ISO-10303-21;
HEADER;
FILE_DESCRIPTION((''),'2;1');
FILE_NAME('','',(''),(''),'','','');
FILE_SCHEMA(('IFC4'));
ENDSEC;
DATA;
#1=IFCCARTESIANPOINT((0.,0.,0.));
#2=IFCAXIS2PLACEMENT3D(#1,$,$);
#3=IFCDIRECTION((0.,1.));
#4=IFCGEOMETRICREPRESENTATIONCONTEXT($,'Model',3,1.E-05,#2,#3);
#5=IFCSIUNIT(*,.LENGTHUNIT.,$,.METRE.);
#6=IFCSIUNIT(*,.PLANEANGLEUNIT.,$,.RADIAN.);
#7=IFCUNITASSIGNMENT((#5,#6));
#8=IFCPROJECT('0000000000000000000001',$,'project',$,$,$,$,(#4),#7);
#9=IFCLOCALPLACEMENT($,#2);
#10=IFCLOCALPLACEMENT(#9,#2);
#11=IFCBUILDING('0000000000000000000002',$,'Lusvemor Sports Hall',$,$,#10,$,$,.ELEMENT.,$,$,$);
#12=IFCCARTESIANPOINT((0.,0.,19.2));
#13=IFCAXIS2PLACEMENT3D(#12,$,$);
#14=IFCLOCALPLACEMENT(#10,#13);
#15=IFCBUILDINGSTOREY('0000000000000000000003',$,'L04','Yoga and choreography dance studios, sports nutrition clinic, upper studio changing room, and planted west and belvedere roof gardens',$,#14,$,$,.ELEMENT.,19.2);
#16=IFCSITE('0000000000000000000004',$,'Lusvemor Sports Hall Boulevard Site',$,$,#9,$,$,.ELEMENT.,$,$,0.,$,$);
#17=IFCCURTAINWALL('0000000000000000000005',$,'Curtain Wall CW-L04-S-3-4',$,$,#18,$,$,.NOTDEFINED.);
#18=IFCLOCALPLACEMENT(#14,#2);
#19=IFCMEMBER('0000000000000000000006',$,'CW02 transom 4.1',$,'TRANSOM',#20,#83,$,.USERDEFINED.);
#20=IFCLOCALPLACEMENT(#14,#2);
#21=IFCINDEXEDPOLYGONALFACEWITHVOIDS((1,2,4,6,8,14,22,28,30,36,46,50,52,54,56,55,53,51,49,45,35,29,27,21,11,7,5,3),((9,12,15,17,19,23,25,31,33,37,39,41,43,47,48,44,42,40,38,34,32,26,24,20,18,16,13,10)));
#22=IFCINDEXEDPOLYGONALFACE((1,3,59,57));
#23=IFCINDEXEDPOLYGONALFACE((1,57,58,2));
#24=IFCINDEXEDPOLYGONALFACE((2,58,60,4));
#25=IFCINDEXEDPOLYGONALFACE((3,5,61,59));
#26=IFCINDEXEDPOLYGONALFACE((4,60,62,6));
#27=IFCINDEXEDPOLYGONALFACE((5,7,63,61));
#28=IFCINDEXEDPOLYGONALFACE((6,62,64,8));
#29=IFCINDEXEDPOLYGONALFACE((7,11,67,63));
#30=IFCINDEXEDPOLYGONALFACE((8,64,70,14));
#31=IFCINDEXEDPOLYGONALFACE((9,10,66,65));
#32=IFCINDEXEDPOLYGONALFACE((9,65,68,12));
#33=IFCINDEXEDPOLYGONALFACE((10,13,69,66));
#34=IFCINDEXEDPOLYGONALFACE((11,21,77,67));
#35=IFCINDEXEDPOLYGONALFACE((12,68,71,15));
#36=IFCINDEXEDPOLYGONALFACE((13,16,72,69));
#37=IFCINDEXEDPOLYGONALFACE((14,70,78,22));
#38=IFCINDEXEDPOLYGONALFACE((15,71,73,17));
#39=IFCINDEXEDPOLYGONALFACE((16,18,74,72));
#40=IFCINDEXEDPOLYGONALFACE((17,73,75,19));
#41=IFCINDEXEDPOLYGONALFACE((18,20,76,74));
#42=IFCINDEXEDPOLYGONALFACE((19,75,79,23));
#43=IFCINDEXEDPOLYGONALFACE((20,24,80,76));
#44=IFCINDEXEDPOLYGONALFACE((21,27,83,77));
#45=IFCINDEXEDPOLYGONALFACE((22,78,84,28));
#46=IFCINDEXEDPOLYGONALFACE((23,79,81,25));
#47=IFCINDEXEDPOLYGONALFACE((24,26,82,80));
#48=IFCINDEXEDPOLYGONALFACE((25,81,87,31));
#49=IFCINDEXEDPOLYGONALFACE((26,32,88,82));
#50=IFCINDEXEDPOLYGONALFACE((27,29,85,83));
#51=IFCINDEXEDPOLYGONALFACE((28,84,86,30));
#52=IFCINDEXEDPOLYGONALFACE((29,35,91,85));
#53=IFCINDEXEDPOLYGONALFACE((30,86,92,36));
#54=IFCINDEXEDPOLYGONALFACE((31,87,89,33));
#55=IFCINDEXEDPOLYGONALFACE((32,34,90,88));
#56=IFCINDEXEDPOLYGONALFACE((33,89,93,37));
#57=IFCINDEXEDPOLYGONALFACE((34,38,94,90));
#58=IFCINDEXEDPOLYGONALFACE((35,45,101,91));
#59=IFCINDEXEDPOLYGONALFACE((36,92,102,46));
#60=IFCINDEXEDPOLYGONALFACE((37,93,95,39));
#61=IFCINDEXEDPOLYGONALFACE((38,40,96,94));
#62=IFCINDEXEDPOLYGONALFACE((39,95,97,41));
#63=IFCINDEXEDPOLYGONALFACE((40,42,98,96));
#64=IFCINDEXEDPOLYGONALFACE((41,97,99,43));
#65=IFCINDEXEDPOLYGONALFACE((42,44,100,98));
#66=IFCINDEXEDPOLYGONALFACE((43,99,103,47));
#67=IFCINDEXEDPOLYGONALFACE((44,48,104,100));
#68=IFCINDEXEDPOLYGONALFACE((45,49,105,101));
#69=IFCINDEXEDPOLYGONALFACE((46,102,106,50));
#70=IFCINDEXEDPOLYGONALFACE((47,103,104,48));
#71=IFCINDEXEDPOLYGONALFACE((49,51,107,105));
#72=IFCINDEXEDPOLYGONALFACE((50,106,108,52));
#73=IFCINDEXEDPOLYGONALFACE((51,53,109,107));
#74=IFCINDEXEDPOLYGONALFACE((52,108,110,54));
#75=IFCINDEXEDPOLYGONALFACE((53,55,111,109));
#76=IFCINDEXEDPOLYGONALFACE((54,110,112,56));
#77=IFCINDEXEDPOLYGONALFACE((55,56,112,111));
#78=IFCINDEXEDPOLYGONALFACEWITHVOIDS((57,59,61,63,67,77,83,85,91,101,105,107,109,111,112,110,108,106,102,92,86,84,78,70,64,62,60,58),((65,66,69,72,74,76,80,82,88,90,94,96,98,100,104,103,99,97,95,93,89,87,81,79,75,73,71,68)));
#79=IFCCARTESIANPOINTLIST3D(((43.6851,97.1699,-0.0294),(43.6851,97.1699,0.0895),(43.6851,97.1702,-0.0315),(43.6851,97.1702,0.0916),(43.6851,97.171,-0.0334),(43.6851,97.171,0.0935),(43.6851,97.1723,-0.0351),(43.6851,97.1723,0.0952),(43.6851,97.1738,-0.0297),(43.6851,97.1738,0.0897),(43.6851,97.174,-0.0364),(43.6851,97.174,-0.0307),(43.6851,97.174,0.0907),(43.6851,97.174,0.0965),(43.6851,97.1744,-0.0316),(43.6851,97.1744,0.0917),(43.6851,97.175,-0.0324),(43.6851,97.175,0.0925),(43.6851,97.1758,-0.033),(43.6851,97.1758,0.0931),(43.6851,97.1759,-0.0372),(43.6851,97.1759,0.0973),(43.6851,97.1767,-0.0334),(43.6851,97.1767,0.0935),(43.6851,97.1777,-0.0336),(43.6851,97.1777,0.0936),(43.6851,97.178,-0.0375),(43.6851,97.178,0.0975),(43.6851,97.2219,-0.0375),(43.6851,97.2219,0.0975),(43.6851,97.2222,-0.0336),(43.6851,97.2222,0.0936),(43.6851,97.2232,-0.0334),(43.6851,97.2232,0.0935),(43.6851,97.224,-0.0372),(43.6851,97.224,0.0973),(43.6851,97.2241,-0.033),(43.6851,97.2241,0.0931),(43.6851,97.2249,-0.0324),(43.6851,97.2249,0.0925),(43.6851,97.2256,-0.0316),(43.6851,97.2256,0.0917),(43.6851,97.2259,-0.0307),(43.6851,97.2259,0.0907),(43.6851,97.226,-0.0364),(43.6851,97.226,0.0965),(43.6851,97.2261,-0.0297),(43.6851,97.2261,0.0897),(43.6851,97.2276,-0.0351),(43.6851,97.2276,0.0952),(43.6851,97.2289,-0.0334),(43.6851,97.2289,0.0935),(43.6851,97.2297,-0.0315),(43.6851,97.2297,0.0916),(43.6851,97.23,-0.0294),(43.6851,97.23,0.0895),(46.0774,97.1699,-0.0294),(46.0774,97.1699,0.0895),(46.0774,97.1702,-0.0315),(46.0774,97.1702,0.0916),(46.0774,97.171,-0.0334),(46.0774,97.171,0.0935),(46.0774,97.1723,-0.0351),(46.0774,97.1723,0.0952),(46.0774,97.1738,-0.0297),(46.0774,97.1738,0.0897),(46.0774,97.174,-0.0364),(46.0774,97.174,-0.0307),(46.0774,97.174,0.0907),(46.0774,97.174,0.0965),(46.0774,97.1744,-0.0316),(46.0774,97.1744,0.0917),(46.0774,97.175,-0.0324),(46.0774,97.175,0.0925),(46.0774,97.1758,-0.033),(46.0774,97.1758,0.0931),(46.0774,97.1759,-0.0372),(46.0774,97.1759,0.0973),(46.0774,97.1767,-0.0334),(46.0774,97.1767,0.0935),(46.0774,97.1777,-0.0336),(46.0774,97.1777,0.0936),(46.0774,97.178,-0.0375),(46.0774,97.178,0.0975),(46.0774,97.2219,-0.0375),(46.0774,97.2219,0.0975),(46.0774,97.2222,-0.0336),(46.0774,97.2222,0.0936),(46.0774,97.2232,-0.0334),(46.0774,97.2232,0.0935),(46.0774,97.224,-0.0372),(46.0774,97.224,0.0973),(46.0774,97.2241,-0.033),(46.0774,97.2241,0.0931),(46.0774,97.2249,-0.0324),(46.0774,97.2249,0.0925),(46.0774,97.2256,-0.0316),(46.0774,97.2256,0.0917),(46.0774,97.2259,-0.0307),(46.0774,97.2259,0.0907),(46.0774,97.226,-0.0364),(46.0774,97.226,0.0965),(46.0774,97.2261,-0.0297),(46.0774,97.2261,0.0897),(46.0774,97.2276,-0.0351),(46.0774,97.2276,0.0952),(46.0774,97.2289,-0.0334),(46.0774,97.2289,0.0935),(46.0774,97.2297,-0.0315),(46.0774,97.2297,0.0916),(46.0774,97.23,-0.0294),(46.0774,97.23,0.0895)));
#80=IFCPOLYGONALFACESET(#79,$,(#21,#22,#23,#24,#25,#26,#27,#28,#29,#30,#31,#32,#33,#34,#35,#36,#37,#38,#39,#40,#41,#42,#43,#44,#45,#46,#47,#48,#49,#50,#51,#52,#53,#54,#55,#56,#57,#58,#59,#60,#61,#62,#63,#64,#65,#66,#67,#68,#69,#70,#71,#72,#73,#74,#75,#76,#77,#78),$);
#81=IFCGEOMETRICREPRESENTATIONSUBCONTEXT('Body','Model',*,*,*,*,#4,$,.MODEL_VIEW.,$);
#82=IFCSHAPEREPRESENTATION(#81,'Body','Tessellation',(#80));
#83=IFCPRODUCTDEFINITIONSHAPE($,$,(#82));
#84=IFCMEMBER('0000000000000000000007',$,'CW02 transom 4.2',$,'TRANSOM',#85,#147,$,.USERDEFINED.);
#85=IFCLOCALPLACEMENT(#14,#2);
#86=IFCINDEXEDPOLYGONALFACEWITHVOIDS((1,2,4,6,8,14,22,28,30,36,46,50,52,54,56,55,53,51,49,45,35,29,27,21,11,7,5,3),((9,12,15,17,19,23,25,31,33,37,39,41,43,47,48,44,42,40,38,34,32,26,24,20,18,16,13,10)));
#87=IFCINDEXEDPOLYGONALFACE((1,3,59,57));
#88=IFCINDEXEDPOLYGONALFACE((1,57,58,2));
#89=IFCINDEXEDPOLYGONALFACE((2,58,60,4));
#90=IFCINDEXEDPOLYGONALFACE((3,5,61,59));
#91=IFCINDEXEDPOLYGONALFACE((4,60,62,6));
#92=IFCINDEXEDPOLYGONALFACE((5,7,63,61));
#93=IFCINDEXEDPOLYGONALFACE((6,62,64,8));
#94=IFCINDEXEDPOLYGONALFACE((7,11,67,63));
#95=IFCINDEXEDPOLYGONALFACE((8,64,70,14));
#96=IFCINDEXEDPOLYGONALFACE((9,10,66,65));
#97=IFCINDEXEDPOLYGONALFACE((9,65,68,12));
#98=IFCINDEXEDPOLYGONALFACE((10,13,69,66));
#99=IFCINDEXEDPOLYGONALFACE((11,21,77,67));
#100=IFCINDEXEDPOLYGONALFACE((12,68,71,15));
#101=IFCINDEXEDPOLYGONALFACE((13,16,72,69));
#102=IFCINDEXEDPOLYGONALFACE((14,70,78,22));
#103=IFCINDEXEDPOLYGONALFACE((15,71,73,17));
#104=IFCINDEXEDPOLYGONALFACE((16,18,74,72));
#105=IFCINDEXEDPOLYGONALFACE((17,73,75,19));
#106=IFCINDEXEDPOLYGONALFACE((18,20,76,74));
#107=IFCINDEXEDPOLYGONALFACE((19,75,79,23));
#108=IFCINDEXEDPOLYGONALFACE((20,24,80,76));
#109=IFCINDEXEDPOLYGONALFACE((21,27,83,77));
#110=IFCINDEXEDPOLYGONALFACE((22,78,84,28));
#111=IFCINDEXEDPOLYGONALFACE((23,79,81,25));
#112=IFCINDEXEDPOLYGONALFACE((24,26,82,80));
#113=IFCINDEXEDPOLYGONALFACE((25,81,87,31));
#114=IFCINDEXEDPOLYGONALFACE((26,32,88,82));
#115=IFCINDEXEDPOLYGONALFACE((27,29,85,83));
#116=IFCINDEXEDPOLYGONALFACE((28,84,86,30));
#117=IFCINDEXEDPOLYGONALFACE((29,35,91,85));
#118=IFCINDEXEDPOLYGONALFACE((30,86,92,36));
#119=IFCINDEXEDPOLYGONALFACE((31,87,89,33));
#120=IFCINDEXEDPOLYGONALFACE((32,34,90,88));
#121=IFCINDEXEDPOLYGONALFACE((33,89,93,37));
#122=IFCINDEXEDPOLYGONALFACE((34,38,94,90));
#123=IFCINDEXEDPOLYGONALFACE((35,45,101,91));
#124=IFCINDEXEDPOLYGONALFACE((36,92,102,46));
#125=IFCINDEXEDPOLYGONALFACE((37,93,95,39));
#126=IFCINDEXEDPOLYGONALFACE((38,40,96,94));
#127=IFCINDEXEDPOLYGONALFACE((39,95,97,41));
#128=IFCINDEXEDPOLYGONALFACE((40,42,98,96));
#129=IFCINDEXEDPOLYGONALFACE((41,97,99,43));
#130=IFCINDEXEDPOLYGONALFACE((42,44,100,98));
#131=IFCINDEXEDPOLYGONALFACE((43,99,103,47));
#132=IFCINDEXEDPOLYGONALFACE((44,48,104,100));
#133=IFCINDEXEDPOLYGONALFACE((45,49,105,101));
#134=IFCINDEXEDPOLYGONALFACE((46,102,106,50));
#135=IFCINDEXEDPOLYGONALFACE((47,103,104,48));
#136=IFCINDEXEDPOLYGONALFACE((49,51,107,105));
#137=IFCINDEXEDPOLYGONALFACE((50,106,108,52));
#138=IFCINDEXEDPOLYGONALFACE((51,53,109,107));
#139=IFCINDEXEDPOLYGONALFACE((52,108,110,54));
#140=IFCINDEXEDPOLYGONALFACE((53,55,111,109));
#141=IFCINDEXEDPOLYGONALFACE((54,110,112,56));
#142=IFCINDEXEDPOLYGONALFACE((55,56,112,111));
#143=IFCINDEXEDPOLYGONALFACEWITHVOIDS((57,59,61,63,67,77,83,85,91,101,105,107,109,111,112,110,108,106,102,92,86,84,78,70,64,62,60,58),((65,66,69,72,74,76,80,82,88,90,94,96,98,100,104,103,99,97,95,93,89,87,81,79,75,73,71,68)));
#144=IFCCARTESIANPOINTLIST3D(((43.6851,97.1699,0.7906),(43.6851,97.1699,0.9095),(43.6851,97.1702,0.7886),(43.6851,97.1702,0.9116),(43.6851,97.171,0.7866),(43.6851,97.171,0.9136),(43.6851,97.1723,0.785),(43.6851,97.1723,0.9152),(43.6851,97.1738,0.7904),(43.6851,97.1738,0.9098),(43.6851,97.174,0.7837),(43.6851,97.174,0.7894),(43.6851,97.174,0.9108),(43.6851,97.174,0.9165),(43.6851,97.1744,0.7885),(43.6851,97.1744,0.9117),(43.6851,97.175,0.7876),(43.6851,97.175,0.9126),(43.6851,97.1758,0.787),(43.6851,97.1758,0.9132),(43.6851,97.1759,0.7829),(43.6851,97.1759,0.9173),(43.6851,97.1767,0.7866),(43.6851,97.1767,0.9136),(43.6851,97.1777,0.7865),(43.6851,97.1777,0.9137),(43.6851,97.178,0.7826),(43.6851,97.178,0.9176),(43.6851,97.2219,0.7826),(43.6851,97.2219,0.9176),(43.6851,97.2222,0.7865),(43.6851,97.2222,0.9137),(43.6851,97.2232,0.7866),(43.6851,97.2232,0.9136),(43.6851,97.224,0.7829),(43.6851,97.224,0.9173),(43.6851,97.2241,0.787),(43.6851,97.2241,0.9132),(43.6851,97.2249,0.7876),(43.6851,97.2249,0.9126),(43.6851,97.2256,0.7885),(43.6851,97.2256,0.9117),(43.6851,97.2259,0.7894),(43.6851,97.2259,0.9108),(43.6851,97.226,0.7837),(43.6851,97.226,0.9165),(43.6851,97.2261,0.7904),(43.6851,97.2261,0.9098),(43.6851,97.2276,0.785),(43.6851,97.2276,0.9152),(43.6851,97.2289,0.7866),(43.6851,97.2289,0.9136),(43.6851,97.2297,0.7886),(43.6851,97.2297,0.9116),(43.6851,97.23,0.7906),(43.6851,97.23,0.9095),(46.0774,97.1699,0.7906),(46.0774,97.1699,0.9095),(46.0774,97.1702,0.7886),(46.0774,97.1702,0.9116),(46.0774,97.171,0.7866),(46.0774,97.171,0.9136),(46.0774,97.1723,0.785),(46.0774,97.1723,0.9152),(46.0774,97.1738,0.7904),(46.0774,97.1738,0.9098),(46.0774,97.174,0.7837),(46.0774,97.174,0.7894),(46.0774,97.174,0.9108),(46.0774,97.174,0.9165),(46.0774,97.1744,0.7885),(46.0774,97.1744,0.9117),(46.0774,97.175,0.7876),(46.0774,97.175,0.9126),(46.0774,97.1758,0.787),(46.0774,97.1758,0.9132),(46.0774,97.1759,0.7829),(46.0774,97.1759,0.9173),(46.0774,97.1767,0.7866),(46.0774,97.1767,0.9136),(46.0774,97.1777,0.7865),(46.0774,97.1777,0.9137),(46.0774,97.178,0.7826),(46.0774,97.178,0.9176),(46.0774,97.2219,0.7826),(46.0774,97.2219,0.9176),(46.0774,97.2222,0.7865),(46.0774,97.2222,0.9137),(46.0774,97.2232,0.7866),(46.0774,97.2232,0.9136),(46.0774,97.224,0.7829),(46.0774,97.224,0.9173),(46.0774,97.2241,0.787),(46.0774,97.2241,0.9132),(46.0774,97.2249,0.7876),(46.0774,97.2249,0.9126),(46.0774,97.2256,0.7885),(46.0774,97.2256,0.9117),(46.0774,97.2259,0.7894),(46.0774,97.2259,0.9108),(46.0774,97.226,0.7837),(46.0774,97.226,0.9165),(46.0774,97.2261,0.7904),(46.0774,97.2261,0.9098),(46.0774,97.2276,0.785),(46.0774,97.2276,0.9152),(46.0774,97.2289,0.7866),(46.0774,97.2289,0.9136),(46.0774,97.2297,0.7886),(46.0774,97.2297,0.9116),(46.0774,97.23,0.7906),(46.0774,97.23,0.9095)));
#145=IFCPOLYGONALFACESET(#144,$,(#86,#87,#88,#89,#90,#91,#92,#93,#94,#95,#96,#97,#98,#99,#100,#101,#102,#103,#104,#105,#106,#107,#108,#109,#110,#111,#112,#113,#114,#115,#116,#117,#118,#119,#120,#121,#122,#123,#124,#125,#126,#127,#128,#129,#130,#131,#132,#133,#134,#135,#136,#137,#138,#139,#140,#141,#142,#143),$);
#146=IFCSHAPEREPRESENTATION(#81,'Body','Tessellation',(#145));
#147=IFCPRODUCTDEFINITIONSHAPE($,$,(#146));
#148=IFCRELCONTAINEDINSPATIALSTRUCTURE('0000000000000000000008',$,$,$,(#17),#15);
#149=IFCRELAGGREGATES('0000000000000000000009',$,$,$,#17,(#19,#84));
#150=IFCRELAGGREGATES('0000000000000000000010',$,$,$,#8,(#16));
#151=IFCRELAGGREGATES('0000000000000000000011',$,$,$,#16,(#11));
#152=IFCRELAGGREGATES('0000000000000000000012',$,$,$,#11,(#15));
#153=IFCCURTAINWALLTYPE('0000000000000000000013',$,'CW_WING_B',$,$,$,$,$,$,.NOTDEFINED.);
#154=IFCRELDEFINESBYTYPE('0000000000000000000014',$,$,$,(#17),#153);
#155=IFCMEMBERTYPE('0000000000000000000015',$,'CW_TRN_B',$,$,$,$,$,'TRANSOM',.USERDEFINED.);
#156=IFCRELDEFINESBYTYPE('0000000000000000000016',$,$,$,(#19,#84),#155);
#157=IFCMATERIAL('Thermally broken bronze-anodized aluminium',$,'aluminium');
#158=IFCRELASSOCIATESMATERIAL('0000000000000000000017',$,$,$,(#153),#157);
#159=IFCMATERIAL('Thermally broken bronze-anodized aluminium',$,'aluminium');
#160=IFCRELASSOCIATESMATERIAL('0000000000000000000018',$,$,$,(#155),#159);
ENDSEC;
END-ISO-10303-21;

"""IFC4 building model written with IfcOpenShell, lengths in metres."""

from ifc_helpers import new_model, si_unit, direction, frame, origin, origin_2d, place, context, subcontext, project, spatial, hollow_rectangle, extrude, material, material_profile, profile_set, type_object, element, aggregate, save


model = new_model("IFC4")

# Units and contexts
model_context = context("Model", 3, precision=1e-05, world=origin(), true_north=direction((0.0, 1.0)))
body_context = subcontext(model_context, "Body", "Model", "MODEL_VIEW")
ifc_project = project(units=[si_unit("LENGTHUNIT", "METRE"), si_unit("PLANEANGLEUNIT", "RADIAN")], contexts=[model_context])

# Site, building, storey
site_placement = place(None, origin())
site = spatial("IfcSite", under=ifc_project, at=site_placement, Name="Lusvemor Sports Hall Boulevard Site", CompositionType="ELEMENT", RefElevation=0.0)
building_placement = place(site_placement, origin())
building = spatial("IfcBuilding", under=site, at=building_placement, Name="Lusvemor Sports Hall", CompositionType="ELEMENT")
storey_placement = place(building_placement, frame((0.0, 0.0, 19.2)))
storey = spatial("IfcBuildingStorey", under=building, at=storey_placement, Name="L04", Description="Yoga and choreography dance studios, sports nutrition clinic, upper studio changing room, and planted west and belvedere roof gardens", CompositionType="ELEMENT", Elevation=19.2)

# Shared definitions
ifc_material_1 = material(Name="Thermally broken bronze-anodized aluminium", Category="aluminium")
curtain_wall_type = type_object("IfcCurtainWallType", Name="CW_WING_B", PredefinedType="NOTDEFINED", material=ifc_material_1)

# Curtain wall
curtain_wall_1_placement = place(storey_placement, origin())
curtain_wall_1 = element("IfcCurtainWall", 1, at=curtain_wall_1_placement, inside=storey, type_object=curtain_wall_type, Name="Curtain Wall CW-L04-S-3-4", PredefinedType="NOTDEFINED")

# Members
ifc_material_2 = material(Name="Thermally broken bronze-anodized aluminium", Category="aluminium")
ifc_material_profile_1 = material_profile(ifc_material_2, hollow_rectangle(XDim=0.0601, YDim=0.135, WallThickness=0.0039, InnerFilletRadius=0.0039, OuterFilletRadius=0.0081, at=origin_2d()), Name="CWTRN135x60x4")
ifc_profile_set_1 = profile_set([ifc_material_profile_1], Name="Thermally broken bronze-anodized aluminium")
member_type_1 = type_object("IfcMemberType", Name="CW_TRN_B", ElementType="TRANSOM", PredefinedType="USERDEFINED", material=ifc_profile_set_1)
member_1_placement = place(storey_placement, frame((46.0774, 97.2, 0.03), z_axis=(-1.0, 0.0, 0.0), x_axis=(0.0, -1.0, 0.0)))
member_1 = element("IfcMember", 2, at=member_1_placement, type_object=member_type_1, Name="CW02 transom 4.1", ObjectType="TRANSOM", PredefinedType="USERDEFINED", context=body_context, shape_type="SweptSolid", body=[
    extrude(hollow_rectangle(XDim=0.0601, YDim=0.135, WallThickness=0.0039, InnerFilletRadius=0.0039, OuterFilletRadius=0.0081, at=origin_2d()), origin(), (0.0, 0.0, 1.0), 2.3923),
])
member_2_placement = place(storey_placement, frame((46.0774, 97.2, 0.8501), z_axis=(-1.0, 0.0, 0.0), x_axis=(0.0, -1.0, 0.0)))
member_2 = element("IfcMember", 3, at=member_2_placement, type_object=member_type_1, Name="CW02 transom 4.2", ObjectType="TRANSOM", PredefinedType="USERDEFINED", context=body_context, shape_type="SweptSolid", body=[
    extrude(hollow_rectangle(XDim=0.0601, YDim=0.135, WallThickness=0.0039, InnerFilletRadius=0.0039, OuterFilletRadius=0.0081, at=origin_2d()), origin(), (0.0, 0.0, 1.0), 2.3923),
])

aggregate(curtain_wall_1, [member_1, member_2])

save(model, "model.ifc")
